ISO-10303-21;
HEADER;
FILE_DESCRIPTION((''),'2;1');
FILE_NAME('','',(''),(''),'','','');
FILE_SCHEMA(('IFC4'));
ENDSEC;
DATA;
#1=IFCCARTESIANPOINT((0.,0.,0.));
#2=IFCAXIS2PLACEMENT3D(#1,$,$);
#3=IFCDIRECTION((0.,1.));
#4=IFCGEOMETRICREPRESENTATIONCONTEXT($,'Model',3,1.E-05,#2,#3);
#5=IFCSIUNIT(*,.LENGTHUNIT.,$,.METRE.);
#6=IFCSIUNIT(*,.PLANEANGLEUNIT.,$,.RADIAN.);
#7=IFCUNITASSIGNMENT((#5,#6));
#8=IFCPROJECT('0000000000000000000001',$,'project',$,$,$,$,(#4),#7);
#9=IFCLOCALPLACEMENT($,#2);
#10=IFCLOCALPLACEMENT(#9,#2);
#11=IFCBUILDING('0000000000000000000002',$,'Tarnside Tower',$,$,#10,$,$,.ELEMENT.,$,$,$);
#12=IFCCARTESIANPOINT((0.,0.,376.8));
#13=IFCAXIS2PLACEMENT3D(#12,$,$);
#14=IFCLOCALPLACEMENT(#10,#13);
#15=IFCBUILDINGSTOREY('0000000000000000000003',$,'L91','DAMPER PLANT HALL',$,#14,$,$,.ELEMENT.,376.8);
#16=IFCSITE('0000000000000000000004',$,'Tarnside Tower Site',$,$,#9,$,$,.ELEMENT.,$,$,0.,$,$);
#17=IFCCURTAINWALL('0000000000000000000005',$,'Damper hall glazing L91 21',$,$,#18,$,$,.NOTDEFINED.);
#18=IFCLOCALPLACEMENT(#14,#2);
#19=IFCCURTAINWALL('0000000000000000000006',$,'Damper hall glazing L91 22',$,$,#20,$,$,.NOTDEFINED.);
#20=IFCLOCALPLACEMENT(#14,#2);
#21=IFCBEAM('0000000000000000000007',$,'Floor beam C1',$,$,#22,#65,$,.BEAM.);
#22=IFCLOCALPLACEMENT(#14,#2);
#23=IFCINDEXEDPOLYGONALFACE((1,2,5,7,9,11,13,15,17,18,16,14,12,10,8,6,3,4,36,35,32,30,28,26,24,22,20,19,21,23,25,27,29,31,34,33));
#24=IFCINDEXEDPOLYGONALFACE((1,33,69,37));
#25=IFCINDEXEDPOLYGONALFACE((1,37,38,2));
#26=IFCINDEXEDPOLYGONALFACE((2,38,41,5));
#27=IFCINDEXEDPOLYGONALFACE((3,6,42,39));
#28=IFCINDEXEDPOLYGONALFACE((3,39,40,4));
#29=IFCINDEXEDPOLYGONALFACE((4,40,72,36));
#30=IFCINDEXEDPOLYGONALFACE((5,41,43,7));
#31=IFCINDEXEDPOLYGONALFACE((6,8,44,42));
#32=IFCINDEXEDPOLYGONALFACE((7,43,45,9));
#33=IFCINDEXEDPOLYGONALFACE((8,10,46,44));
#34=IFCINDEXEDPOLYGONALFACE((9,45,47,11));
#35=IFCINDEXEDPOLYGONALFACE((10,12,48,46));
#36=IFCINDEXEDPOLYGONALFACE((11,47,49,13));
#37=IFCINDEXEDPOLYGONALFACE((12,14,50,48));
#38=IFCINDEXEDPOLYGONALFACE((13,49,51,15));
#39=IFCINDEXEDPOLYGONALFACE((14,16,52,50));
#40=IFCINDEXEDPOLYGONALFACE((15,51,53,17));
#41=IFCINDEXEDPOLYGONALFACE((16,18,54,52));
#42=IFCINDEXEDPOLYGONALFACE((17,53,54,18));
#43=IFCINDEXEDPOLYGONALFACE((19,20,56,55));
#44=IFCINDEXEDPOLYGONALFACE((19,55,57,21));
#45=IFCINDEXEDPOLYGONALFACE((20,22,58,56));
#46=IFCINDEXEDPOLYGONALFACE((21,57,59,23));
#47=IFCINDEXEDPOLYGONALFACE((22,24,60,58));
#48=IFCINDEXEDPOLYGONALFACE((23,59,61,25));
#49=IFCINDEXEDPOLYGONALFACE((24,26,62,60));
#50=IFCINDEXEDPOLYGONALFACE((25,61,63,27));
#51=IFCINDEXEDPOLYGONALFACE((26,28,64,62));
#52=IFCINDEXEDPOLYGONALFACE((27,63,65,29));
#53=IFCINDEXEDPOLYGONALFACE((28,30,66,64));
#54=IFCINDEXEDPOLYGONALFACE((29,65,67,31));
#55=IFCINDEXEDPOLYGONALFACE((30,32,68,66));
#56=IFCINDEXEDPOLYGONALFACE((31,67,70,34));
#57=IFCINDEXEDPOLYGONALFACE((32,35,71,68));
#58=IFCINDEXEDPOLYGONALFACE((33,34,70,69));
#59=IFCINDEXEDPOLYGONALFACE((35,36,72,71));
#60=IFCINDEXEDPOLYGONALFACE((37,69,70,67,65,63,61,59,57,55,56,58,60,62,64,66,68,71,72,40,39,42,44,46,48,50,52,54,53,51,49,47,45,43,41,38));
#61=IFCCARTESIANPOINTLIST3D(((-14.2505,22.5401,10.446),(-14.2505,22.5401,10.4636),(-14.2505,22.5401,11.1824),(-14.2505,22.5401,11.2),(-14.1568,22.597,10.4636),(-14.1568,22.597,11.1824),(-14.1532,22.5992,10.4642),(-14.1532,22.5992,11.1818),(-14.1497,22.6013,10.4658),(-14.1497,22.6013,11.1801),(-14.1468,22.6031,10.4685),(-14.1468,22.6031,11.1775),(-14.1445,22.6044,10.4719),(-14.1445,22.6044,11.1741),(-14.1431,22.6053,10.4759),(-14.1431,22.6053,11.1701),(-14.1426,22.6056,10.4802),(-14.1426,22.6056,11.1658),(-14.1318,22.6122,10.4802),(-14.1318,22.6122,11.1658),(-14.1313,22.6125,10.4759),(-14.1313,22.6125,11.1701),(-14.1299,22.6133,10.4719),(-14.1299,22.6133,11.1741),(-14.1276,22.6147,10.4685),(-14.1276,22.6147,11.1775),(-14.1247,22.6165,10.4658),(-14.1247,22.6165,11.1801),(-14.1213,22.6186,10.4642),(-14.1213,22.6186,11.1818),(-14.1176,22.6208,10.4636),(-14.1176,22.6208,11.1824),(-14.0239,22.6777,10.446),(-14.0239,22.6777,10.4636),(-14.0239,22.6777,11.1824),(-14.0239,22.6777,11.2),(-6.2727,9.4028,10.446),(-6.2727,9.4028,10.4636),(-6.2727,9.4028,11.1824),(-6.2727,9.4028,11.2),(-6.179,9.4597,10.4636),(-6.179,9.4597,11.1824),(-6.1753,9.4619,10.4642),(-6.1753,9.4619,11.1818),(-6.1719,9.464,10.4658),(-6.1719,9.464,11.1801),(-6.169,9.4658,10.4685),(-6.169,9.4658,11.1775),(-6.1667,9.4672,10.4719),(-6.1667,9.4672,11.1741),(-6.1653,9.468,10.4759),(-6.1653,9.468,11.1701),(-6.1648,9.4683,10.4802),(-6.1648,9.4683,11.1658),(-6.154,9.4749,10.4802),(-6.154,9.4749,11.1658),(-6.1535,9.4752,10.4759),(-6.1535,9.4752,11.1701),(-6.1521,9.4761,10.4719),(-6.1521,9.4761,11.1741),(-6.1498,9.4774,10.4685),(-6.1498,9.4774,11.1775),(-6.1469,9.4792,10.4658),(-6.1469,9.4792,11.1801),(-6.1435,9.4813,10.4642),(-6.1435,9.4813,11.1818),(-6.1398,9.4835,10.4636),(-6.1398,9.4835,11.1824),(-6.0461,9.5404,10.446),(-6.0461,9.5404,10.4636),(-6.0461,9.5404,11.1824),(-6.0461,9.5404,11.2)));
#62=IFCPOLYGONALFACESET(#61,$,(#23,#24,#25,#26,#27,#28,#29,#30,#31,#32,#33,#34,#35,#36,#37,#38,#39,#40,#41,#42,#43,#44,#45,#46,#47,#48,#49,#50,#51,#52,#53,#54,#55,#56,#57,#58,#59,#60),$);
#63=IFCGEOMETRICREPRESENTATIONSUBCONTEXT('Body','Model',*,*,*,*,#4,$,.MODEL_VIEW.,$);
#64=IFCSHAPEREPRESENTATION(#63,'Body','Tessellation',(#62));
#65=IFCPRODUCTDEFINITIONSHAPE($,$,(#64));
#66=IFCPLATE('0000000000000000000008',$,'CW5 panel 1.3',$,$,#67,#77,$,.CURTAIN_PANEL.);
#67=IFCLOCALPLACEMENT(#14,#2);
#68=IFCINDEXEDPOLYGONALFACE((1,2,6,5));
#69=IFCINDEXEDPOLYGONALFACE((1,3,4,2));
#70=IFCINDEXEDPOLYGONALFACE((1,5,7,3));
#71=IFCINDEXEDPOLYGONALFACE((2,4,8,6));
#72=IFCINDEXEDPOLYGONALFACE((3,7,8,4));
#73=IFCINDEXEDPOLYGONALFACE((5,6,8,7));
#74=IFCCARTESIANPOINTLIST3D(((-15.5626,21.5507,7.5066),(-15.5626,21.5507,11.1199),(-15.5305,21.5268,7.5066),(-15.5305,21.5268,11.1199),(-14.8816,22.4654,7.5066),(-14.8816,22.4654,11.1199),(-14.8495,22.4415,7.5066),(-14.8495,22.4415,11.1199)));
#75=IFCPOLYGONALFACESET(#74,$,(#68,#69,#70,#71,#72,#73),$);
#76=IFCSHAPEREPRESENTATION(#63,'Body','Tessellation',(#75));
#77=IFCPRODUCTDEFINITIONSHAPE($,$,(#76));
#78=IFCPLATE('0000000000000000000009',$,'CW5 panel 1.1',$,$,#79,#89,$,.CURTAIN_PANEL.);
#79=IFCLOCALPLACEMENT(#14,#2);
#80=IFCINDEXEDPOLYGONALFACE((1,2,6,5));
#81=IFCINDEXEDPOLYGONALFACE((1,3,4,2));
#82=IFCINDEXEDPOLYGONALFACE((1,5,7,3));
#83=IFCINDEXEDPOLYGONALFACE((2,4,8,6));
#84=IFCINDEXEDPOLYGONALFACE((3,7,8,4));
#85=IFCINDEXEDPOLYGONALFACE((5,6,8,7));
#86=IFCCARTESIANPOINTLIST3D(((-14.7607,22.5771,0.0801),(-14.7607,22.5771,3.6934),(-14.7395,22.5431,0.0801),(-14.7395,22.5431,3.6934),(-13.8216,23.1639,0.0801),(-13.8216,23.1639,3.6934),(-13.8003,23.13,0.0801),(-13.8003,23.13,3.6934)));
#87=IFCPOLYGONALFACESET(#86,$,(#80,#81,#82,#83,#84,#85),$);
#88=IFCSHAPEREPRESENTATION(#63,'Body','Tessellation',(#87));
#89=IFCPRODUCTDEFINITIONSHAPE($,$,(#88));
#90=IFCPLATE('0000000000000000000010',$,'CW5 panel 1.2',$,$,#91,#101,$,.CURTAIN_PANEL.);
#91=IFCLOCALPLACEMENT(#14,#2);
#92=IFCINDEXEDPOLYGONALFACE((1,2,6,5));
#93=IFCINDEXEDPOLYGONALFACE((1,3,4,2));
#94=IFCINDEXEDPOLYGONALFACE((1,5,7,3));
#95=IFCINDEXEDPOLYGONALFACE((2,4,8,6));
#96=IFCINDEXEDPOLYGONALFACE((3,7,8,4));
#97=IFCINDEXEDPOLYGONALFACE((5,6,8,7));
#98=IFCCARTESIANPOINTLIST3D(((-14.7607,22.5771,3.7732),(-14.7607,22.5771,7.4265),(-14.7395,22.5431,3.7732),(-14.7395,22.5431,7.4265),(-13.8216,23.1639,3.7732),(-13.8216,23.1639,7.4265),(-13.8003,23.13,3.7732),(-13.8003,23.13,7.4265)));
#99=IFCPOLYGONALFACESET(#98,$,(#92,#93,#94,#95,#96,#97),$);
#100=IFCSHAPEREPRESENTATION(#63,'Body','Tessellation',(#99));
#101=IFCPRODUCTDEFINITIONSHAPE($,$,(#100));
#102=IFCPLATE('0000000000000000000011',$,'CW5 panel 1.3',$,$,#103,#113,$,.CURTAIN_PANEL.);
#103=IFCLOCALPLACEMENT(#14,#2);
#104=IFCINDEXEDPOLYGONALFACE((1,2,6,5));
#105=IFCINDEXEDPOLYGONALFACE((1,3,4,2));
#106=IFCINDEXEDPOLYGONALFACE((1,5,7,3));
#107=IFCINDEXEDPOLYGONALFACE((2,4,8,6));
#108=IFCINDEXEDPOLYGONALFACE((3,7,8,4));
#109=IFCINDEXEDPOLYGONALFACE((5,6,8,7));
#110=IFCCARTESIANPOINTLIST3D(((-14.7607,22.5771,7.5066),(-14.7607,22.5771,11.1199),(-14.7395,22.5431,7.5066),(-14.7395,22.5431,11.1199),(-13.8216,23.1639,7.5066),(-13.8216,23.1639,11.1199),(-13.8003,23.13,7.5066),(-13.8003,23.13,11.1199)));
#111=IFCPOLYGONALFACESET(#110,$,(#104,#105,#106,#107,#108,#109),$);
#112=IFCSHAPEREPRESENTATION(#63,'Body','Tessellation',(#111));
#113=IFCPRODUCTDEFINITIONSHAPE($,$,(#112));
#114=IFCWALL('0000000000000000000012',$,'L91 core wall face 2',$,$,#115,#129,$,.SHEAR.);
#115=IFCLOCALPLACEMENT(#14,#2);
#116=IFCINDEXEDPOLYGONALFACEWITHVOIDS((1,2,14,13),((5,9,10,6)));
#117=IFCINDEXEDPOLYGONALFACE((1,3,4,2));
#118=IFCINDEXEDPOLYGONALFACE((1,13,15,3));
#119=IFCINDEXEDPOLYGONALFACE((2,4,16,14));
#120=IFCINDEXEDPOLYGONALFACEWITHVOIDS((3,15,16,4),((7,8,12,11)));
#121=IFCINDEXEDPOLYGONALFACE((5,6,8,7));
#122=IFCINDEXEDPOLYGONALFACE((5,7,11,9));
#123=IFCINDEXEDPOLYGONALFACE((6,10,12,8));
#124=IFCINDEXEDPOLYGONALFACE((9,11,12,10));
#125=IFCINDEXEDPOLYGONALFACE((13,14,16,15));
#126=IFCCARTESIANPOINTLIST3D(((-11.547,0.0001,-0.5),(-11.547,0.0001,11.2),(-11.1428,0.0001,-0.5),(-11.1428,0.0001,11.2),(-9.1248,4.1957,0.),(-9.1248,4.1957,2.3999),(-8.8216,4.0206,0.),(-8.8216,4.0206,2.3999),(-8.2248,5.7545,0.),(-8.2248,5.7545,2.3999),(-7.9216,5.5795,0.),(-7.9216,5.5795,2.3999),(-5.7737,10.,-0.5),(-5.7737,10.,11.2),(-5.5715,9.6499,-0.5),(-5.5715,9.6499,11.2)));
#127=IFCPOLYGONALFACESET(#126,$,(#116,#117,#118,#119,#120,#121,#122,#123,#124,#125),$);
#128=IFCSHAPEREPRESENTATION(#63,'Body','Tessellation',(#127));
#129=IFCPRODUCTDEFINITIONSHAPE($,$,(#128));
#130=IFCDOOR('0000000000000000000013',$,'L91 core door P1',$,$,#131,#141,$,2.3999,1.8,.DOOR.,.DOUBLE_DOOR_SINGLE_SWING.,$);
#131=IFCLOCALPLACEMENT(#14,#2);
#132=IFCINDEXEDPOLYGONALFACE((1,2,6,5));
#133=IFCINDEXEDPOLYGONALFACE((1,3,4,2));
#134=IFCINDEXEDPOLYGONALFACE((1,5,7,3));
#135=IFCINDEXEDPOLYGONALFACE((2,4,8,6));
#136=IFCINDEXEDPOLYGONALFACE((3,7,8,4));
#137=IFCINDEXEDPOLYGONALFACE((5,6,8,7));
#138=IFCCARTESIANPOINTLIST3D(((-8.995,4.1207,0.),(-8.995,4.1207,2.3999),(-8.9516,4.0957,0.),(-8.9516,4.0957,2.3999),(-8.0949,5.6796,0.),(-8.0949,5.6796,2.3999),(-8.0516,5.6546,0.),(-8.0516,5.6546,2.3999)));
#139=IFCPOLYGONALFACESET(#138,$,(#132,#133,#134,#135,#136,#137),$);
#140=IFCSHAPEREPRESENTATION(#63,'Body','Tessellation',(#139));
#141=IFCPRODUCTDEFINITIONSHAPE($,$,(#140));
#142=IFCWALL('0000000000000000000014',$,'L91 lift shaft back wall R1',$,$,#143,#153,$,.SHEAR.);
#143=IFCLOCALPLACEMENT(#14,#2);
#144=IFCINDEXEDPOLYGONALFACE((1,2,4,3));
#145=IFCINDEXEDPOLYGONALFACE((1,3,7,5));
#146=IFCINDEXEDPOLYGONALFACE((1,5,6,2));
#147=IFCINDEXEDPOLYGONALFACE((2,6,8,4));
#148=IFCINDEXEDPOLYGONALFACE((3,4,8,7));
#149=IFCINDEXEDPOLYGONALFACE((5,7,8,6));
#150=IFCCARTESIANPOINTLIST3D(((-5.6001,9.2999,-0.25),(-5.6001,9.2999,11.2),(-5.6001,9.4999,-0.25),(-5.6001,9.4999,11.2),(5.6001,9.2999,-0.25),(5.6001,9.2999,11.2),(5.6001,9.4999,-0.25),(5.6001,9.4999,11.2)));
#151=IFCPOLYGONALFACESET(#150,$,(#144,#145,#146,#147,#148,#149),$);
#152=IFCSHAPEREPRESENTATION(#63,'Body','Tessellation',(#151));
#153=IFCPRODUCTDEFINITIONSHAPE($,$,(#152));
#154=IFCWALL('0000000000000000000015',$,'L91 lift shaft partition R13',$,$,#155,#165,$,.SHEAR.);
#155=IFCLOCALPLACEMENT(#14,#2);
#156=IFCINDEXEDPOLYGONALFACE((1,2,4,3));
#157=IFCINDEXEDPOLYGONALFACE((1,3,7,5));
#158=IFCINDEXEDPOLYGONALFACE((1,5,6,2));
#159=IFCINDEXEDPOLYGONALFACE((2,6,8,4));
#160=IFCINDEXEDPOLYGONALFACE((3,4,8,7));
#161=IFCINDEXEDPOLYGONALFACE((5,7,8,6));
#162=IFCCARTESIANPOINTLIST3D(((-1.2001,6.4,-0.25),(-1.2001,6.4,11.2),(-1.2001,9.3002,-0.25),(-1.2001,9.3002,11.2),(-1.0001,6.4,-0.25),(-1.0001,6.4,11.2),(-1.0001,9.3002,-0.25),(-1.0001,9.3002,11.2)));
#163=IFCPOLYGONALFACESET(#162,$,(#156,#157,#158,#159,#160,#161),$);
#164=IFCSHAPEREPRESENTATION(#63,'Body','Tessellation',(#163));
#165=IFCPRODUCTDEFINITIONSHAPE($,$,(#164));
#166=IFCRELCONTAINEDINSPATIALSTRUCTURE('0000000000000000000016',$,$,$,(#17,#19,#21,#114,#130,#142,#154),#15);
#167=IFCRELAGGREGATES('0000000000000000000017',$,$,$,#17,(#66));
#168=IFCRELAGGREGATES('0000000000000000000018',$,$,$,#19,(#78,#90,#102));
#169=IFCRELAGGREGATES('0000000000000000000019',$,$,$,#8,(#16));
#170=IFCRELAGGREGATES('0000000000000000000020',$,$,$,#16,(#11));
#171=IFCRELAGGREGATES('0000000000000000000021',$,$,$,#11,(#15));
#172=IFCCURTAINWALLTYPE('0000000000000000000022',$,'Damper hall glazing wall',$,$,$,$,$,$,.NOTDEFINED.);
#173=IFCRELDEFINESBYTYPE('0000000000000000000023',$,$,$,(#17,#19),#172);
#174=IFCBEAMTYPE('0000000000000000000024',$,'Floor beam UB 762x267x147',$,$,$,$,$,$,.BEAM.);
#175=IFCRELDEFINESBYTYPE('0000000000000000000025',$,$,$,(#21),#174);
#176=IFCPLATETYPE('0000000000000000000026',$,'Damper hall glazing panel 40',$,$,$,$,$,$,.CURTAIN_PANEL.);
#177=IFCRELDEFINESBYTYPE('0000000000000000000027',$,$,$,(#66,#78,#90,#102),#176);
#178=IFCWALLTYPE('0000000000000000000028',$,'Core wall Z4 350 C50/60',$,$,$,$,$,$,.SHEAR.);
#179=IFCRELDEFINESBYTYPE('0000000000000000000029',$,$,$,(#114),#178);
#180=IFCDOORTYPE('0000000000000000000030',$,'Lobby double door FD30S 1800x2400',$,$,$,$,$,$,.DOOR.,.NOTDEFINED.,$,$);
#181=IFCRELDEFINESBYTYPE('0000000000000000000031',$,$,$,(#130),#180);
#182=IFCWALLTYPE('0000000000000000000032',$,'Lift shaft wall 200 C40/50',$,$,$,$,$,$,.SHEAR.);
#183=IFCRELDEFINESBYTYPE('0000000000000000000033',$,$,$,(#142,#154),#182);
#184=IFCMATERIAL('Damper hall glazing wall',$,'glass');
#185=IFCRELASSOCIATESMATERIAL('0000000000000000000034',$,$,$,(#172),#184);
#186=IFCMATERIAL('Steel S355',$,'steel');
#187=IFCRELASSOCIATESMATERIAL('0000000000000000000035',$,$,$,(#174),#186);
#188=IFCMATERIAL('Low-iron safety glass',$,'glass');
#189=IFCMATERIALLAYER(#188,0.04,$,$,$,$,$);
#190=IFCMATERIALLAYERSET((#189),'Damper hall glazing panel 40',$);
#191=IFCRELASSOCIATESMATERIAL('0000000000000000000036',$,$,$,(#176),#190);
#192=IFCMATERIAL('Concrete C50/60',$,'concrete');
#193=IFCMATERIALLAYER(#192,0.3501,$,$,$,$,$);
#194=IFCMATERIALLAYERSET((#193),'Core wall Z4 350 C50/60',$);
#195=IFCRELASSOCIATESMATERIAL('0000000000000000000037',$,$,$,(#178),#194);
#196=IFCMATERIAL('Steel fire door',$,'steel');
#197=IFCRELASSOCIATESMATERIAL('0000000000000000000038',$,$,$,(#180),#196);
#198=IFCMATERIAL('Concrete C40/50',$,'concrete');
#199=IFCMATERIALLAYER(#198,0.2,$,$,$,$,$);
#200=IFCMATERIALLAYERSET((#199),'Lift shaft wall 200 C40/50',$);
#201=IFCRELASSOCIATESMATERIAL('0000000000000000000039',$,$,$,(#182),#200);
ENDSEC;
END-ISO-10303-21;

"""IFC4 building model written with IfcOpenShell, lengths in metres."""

from ifc_helpers import new_model, si_unit, direction, frame, frame_2d, origin, origin_2d, place, context, subcontext, project, spatial, polyline, rectangle, i_section, outline, extrude, material, layer, layer_set, material_profile, profile_set, type_object, element, fill, aggregate, save


model = new_model("IFC4")

# Units and contexts
model_context = context("Model", 3, precision=1e-05, world=origin(), true_north=direction((0.0, 1.0)))
body_context = subcontext(model_context, "Body", "Model", "MODEL_VIEW")
ifc_project = project(units=[si_unit("LENGTHUNIT", "METRE"), si_unit("PLANEANGLEUNIT", "RADIAN")], contexts=[model_context])

# Site, building, storey
site_placement = place(None, origin())
site = spatial("IfcSite", under=ifc_project, at=site_placement, Name="Tarnside Tower Site", CompositionType="ELEMENT", RefElevation=0.0)
building_placement = place(site_placement, origin())
building = spatial("IfcBuilding", under=site, at=building_placement, Name="Tarnside Tower", CompositionType="ELEMENT")
storey_placement = place(building_placement, frame((0.0, 0.0, 376.8)))
storey = spatial("IfcBuildingStorey", under=building, at=storey_placement, Name="L91", Description="DAMPER PLANT HALL", CompositionType="ELEMENT", Elevation=376.8)

# Curtain wall
ifc_material_1 = material(Name="Damper hall glazing wall", Category="glass")
curtain_wall_type = type_object("IfcCurtainWallType", Name="Damper hall glazing wall", PredefinedType="NOTDEFINED", material=ifc_material_1)
curtain_wall_1_placement = place(storey_placement, origin())
curtain_wall_1 = element("IfcCurtainWall", 1, at=curtain_wall_1_placement, inside=storey, type_object=curtain_wall_type, Name="Damper hall glazing L91 21", PredefinedType="NOTDEFINED")

# Curtain wall
curtain_wall_2_placement = place(storey_placement, origin())
curtain_wall_2 = element("IfcCurtainWall", 2, at=curtain_wall_2_placement, inside=storey, type_object=curtain_wall_type, Name="Damper hall glazing L91 22", PredefinedType="NOTDEFINED")

# Beam
ifc_material_2 = material(Name="Steel S355", Category="steel")
ifc_material_profile_1 = material_profile(ifc_material_2, i_section(OverallWidth=0.2651, OverallDepth=0.7539, WebThickness=0.0127, FlangeThickness=0.0176, FilletRadius=0.0166, at=origin_2d()), Name="UB 762x267x147")
ifc_profile_set_1 = profile_set([ifc_material_profile_1], Name="Steel S355")
beam_type = type_object("IfcBeamType", Name="Floor beam UB 762x267x147", PredefinedType="BEAM", material=ifc_profile_set_1)
beam_placement = place(storey_placement, frame((-14.1372, 22.6089, 10.823), z_axis=(0.519055, -0.854741, 0.0), x_axis=(0.854741, 0.519055, 0.0)))
element("IfcBeam", 3, at=beam_placement, inside=storey, type_object=beam_type, Name="Floor beam C1", PredefinedType="BEAM", context=body_context, shape_type="SweptSolid", body=[
    extrude(i_section(OverallWidth=0.2651, OverallDepth=0.7539, WebThickness=0.0127, FlangeThickness=0.0176, FilletRadius=0.0166, at=origin_2d()), origin(), (0.0, 0.0, 1.0), 15.3699),
])

# Plates
ifc_material_3 = material(Name="Low-iron safety glass", Category="glass")
ifc_layer_1 = layer(ifc_material_3, 0.04)
ifc_layer_set_1 = layer_set([ifc_layer_1], Name="Damper hall glazing panel 40")
plate_type = type_object("IfcPlateType", Name="Damper hall glazing panel 40", PredefinedType="CURTAIN_PANEL", material=ifc_layer_set_1)
plate_1_placement = place(storey_placement, frame((-15.2061, 21.9961, 7.5066), z_axis=(0.0, 0.0, 1.0), x_axis=(0.597159, 0.802123, 0.0)))
plate_1 = element("IfcPlate", 4, at=plate_1_placement, type_object=plate_type, Name="CW5 panel 1.3", PredefinedType="CURTAIN_PANEL", context=body_context, shape_type="SweptSolid", body=[
    extrude(rectangle(XDim=1.1404, YDim=0.04, at=origin_2d()), origin(), (0.0, 0.0, 1.0), 3.6133),
])
aggregate(curtain_wall_1, [plate_1])
plate_2_placement = place(storey_placement, frame((-14.2805, 22.8535, 0.0801), z_axis=(0.0, 0.0, 1.0), x_axis=(0.848048, 0.529919, 0.0)))
plate_2 = element("IfcPlate", 5, at=plate_2_placement, type_object=plate_type, Name="CW5 panel 1.1", PredefinedType="CURTAIN_PANEL", context=body_context, shape_type="SweptSolid", body=[
    extrude(rectangle(XDim=1.1074, YDim=0.04, at=origin_2d()), origin(), (0.0, 0.0, 1.0), 3.6133),
])
plate_3_placement = place(storey_placement, frame((-14.2805, 22.8535, 3.7732), z_axis=(0.0, 0.0, 1.0), x_axis=(0.848048, 0.529919, 0.0)))
plate_3 = element("IfcPlate", 6, at=plate_3_placement, type_object=plate_type, Name="CW5 panel 1.2", PredefinedType="CURTAIN_PANEL", context=body_context, shape_type="SweptSolid", body=[
    extrude(rectangle(XDim=1.1074, YDim=0.04, at=origin_2d()), origin(), (0.0, 0.0, 1.0), 3.6533),
])
plate_4_placement = place(storey_placement, frame((-14.2805, 22.8535, 7.5066), z_axis=(0.0, 0.0, 1.0), x_axis=(0.848048, 0.529919, 0.0)))
plate_4 = element("IfcPlate", 7, at=plate_4_placement, type_object=plate_type, Name="CW5 panel 1.3", PredefinedType="CURTAIN_PANEL", context=body_context, shape_type="SweptSolid", body=[
    extrude(rectangle(XDim=1.1074, YDim=0.04, at=origin_2d()), origin(), (0.0, 0.0, 1.0), 3.6133),
])
aggregate(curtain_wall_2, [plate_2, plate_3, plate_4])

# Wall, opening, door
ifc_material_4 = material(Name="Concrete C50/60", Category="concrete")
ifc_layer_2 = layer(ifc_material_4, 0.3501)
ifc_layer_set_2 = layer_set([ifc_layer_2], Name="Core wall Z4 350 C50/60")
wall_type_1 = type_object("IfcWallType", Name="Core wall Z4 350 C50/60", PredefinedType="SHEAR", material=ifc_layer_set_2)
wall_1_placement = place(storey_placement, frame((-5.6726, 9.825, -0.5), z_axis=(0.0, 0.0, 1.0), x_axis=(-0.499995, -0.866028, 0.0)))
wall_1 = element("IfcWall", 8, at=wall_1_placement, inside=storey, type_object=wall_type_1, Name="L91 core wall face 2", PredefinedType="SHEAR", context=body_context, shape_type="SweptSolid", body=[
    extrude(outline(polyline([(-0.1011, -0.175), (11.4458, -0.175), (11.2437, 0.175), (0.1011, 0.175), (-0.1011, -0.175)])), origin(), (0.0, 0.0, 1.0), 11.7),
])
opening_placement = place(wall_1_placement, frame((4.8013, 0.0, 0.5)))
opening = element("IfcOpeningElement", 9, at=opening_placement, cuts=wall_1, PredefinedType="OPENING", context=body_context, shape_type="SweptSolid", body=[
    extrude(rectangle(XDim=1.8, YDim=2.3999, at=frame_2d((0.8999, 1.2))), frame((0.0, 0.1851, 0.0), z_axis=(0.0, -1.0, 0.0), x_axis=(1.0, 0.0, 0.0)), (0.0, 0.0, 1.0), 0.3701),
])
ifc_material_5 = material(Name="Steel fire door", Category="steel")
door_type = type_object("IfcDoorType", Name="Lobby double door FD30S 1800x2400", OperationType="NOTDEFINED", PredefinedType="DOOR", material=ifc_material_5)
door_placement = place(opening_placement, origin())
door = element("IfcDoor", 10, at=door_placement, inside=storey, type_object=door_type, Name="L91 core door P1", OperationType="DOUBLE_DOOR_SINGLE_SWING", OverallHeight=2.3999, OverallWidth=1.8, PredefinedType="DOOR", context=body_context, shape_type="SweptSolid", body=[
    extrude(rectangle(XDim=1.8, YDim=2.3999, at=frame_2d((0.8999, 1.2))), frame((0.0, 0.0249, 0.0), z_axis=(0.0, -1.0, 0.0), x_axis=(1.0, 0.0, 0.0)), (0.0, 0.0, 1.0), 0.05),
])
fill(opening, door)

# Walls
ifc_material_6 = material(Name="Concrete C40/50", Category="concrete")
ifc_layer_3 = layer(ifc_material_6, 0.2)
ifc_layer_set_3 = layer_set([ifc_layer_3], Name="Lift shaft wall 200 C40/50")
wall_type_2 = type_object("IfcWallType", Name="Lift shaft wall 200 C40/50", PredefinedType="SHEAR", material=ifc_layer_set_3)
wall_2_placement = place(storey_placement, frame((-5.6001, 9.3999, -0.25), z_axis=(0.0, 0.0, 1.0), x_axis=(1.0, 0.0, 0.0)))
element("IfcWall", 11, at=wall_2_placement, inside=storey, type_object=wall_type_2, Name="L91 lift shaft back wall R1", PredefinedType="SHEAR", context=body_context, shape_type="SweptSolid", body=[
    extrude(rectangle(XDim=11.2002, YDim=0.2, at=frame_2d((5.6001, 0.0))), origin(), (0.0, 0.0, 1.0), 11.45),
])
wall_3_placement = place(storey_placement, frame((-1.1001, 6.3999, -0.25), z_axis=(0.0, 0.0, 1.0), x_axis=(0.0, 1.0, 0.0)))
element("IfcWall", 12, at=wall_3_placement, inside=storey, type_object=wall_type_2, Name="L91 lift shaft partition R13", PredefinedType="SHEAR", context=body_context, shape_type="SweptSolid", body=[
    extrude(rectangle(XDim=2.9001, YDim=0.2, at=frame_2d((1.4502, 0.0))), origin(), (0.0, 0.0, 1.0), 11.45),
])

save(model, "model.ifc")
